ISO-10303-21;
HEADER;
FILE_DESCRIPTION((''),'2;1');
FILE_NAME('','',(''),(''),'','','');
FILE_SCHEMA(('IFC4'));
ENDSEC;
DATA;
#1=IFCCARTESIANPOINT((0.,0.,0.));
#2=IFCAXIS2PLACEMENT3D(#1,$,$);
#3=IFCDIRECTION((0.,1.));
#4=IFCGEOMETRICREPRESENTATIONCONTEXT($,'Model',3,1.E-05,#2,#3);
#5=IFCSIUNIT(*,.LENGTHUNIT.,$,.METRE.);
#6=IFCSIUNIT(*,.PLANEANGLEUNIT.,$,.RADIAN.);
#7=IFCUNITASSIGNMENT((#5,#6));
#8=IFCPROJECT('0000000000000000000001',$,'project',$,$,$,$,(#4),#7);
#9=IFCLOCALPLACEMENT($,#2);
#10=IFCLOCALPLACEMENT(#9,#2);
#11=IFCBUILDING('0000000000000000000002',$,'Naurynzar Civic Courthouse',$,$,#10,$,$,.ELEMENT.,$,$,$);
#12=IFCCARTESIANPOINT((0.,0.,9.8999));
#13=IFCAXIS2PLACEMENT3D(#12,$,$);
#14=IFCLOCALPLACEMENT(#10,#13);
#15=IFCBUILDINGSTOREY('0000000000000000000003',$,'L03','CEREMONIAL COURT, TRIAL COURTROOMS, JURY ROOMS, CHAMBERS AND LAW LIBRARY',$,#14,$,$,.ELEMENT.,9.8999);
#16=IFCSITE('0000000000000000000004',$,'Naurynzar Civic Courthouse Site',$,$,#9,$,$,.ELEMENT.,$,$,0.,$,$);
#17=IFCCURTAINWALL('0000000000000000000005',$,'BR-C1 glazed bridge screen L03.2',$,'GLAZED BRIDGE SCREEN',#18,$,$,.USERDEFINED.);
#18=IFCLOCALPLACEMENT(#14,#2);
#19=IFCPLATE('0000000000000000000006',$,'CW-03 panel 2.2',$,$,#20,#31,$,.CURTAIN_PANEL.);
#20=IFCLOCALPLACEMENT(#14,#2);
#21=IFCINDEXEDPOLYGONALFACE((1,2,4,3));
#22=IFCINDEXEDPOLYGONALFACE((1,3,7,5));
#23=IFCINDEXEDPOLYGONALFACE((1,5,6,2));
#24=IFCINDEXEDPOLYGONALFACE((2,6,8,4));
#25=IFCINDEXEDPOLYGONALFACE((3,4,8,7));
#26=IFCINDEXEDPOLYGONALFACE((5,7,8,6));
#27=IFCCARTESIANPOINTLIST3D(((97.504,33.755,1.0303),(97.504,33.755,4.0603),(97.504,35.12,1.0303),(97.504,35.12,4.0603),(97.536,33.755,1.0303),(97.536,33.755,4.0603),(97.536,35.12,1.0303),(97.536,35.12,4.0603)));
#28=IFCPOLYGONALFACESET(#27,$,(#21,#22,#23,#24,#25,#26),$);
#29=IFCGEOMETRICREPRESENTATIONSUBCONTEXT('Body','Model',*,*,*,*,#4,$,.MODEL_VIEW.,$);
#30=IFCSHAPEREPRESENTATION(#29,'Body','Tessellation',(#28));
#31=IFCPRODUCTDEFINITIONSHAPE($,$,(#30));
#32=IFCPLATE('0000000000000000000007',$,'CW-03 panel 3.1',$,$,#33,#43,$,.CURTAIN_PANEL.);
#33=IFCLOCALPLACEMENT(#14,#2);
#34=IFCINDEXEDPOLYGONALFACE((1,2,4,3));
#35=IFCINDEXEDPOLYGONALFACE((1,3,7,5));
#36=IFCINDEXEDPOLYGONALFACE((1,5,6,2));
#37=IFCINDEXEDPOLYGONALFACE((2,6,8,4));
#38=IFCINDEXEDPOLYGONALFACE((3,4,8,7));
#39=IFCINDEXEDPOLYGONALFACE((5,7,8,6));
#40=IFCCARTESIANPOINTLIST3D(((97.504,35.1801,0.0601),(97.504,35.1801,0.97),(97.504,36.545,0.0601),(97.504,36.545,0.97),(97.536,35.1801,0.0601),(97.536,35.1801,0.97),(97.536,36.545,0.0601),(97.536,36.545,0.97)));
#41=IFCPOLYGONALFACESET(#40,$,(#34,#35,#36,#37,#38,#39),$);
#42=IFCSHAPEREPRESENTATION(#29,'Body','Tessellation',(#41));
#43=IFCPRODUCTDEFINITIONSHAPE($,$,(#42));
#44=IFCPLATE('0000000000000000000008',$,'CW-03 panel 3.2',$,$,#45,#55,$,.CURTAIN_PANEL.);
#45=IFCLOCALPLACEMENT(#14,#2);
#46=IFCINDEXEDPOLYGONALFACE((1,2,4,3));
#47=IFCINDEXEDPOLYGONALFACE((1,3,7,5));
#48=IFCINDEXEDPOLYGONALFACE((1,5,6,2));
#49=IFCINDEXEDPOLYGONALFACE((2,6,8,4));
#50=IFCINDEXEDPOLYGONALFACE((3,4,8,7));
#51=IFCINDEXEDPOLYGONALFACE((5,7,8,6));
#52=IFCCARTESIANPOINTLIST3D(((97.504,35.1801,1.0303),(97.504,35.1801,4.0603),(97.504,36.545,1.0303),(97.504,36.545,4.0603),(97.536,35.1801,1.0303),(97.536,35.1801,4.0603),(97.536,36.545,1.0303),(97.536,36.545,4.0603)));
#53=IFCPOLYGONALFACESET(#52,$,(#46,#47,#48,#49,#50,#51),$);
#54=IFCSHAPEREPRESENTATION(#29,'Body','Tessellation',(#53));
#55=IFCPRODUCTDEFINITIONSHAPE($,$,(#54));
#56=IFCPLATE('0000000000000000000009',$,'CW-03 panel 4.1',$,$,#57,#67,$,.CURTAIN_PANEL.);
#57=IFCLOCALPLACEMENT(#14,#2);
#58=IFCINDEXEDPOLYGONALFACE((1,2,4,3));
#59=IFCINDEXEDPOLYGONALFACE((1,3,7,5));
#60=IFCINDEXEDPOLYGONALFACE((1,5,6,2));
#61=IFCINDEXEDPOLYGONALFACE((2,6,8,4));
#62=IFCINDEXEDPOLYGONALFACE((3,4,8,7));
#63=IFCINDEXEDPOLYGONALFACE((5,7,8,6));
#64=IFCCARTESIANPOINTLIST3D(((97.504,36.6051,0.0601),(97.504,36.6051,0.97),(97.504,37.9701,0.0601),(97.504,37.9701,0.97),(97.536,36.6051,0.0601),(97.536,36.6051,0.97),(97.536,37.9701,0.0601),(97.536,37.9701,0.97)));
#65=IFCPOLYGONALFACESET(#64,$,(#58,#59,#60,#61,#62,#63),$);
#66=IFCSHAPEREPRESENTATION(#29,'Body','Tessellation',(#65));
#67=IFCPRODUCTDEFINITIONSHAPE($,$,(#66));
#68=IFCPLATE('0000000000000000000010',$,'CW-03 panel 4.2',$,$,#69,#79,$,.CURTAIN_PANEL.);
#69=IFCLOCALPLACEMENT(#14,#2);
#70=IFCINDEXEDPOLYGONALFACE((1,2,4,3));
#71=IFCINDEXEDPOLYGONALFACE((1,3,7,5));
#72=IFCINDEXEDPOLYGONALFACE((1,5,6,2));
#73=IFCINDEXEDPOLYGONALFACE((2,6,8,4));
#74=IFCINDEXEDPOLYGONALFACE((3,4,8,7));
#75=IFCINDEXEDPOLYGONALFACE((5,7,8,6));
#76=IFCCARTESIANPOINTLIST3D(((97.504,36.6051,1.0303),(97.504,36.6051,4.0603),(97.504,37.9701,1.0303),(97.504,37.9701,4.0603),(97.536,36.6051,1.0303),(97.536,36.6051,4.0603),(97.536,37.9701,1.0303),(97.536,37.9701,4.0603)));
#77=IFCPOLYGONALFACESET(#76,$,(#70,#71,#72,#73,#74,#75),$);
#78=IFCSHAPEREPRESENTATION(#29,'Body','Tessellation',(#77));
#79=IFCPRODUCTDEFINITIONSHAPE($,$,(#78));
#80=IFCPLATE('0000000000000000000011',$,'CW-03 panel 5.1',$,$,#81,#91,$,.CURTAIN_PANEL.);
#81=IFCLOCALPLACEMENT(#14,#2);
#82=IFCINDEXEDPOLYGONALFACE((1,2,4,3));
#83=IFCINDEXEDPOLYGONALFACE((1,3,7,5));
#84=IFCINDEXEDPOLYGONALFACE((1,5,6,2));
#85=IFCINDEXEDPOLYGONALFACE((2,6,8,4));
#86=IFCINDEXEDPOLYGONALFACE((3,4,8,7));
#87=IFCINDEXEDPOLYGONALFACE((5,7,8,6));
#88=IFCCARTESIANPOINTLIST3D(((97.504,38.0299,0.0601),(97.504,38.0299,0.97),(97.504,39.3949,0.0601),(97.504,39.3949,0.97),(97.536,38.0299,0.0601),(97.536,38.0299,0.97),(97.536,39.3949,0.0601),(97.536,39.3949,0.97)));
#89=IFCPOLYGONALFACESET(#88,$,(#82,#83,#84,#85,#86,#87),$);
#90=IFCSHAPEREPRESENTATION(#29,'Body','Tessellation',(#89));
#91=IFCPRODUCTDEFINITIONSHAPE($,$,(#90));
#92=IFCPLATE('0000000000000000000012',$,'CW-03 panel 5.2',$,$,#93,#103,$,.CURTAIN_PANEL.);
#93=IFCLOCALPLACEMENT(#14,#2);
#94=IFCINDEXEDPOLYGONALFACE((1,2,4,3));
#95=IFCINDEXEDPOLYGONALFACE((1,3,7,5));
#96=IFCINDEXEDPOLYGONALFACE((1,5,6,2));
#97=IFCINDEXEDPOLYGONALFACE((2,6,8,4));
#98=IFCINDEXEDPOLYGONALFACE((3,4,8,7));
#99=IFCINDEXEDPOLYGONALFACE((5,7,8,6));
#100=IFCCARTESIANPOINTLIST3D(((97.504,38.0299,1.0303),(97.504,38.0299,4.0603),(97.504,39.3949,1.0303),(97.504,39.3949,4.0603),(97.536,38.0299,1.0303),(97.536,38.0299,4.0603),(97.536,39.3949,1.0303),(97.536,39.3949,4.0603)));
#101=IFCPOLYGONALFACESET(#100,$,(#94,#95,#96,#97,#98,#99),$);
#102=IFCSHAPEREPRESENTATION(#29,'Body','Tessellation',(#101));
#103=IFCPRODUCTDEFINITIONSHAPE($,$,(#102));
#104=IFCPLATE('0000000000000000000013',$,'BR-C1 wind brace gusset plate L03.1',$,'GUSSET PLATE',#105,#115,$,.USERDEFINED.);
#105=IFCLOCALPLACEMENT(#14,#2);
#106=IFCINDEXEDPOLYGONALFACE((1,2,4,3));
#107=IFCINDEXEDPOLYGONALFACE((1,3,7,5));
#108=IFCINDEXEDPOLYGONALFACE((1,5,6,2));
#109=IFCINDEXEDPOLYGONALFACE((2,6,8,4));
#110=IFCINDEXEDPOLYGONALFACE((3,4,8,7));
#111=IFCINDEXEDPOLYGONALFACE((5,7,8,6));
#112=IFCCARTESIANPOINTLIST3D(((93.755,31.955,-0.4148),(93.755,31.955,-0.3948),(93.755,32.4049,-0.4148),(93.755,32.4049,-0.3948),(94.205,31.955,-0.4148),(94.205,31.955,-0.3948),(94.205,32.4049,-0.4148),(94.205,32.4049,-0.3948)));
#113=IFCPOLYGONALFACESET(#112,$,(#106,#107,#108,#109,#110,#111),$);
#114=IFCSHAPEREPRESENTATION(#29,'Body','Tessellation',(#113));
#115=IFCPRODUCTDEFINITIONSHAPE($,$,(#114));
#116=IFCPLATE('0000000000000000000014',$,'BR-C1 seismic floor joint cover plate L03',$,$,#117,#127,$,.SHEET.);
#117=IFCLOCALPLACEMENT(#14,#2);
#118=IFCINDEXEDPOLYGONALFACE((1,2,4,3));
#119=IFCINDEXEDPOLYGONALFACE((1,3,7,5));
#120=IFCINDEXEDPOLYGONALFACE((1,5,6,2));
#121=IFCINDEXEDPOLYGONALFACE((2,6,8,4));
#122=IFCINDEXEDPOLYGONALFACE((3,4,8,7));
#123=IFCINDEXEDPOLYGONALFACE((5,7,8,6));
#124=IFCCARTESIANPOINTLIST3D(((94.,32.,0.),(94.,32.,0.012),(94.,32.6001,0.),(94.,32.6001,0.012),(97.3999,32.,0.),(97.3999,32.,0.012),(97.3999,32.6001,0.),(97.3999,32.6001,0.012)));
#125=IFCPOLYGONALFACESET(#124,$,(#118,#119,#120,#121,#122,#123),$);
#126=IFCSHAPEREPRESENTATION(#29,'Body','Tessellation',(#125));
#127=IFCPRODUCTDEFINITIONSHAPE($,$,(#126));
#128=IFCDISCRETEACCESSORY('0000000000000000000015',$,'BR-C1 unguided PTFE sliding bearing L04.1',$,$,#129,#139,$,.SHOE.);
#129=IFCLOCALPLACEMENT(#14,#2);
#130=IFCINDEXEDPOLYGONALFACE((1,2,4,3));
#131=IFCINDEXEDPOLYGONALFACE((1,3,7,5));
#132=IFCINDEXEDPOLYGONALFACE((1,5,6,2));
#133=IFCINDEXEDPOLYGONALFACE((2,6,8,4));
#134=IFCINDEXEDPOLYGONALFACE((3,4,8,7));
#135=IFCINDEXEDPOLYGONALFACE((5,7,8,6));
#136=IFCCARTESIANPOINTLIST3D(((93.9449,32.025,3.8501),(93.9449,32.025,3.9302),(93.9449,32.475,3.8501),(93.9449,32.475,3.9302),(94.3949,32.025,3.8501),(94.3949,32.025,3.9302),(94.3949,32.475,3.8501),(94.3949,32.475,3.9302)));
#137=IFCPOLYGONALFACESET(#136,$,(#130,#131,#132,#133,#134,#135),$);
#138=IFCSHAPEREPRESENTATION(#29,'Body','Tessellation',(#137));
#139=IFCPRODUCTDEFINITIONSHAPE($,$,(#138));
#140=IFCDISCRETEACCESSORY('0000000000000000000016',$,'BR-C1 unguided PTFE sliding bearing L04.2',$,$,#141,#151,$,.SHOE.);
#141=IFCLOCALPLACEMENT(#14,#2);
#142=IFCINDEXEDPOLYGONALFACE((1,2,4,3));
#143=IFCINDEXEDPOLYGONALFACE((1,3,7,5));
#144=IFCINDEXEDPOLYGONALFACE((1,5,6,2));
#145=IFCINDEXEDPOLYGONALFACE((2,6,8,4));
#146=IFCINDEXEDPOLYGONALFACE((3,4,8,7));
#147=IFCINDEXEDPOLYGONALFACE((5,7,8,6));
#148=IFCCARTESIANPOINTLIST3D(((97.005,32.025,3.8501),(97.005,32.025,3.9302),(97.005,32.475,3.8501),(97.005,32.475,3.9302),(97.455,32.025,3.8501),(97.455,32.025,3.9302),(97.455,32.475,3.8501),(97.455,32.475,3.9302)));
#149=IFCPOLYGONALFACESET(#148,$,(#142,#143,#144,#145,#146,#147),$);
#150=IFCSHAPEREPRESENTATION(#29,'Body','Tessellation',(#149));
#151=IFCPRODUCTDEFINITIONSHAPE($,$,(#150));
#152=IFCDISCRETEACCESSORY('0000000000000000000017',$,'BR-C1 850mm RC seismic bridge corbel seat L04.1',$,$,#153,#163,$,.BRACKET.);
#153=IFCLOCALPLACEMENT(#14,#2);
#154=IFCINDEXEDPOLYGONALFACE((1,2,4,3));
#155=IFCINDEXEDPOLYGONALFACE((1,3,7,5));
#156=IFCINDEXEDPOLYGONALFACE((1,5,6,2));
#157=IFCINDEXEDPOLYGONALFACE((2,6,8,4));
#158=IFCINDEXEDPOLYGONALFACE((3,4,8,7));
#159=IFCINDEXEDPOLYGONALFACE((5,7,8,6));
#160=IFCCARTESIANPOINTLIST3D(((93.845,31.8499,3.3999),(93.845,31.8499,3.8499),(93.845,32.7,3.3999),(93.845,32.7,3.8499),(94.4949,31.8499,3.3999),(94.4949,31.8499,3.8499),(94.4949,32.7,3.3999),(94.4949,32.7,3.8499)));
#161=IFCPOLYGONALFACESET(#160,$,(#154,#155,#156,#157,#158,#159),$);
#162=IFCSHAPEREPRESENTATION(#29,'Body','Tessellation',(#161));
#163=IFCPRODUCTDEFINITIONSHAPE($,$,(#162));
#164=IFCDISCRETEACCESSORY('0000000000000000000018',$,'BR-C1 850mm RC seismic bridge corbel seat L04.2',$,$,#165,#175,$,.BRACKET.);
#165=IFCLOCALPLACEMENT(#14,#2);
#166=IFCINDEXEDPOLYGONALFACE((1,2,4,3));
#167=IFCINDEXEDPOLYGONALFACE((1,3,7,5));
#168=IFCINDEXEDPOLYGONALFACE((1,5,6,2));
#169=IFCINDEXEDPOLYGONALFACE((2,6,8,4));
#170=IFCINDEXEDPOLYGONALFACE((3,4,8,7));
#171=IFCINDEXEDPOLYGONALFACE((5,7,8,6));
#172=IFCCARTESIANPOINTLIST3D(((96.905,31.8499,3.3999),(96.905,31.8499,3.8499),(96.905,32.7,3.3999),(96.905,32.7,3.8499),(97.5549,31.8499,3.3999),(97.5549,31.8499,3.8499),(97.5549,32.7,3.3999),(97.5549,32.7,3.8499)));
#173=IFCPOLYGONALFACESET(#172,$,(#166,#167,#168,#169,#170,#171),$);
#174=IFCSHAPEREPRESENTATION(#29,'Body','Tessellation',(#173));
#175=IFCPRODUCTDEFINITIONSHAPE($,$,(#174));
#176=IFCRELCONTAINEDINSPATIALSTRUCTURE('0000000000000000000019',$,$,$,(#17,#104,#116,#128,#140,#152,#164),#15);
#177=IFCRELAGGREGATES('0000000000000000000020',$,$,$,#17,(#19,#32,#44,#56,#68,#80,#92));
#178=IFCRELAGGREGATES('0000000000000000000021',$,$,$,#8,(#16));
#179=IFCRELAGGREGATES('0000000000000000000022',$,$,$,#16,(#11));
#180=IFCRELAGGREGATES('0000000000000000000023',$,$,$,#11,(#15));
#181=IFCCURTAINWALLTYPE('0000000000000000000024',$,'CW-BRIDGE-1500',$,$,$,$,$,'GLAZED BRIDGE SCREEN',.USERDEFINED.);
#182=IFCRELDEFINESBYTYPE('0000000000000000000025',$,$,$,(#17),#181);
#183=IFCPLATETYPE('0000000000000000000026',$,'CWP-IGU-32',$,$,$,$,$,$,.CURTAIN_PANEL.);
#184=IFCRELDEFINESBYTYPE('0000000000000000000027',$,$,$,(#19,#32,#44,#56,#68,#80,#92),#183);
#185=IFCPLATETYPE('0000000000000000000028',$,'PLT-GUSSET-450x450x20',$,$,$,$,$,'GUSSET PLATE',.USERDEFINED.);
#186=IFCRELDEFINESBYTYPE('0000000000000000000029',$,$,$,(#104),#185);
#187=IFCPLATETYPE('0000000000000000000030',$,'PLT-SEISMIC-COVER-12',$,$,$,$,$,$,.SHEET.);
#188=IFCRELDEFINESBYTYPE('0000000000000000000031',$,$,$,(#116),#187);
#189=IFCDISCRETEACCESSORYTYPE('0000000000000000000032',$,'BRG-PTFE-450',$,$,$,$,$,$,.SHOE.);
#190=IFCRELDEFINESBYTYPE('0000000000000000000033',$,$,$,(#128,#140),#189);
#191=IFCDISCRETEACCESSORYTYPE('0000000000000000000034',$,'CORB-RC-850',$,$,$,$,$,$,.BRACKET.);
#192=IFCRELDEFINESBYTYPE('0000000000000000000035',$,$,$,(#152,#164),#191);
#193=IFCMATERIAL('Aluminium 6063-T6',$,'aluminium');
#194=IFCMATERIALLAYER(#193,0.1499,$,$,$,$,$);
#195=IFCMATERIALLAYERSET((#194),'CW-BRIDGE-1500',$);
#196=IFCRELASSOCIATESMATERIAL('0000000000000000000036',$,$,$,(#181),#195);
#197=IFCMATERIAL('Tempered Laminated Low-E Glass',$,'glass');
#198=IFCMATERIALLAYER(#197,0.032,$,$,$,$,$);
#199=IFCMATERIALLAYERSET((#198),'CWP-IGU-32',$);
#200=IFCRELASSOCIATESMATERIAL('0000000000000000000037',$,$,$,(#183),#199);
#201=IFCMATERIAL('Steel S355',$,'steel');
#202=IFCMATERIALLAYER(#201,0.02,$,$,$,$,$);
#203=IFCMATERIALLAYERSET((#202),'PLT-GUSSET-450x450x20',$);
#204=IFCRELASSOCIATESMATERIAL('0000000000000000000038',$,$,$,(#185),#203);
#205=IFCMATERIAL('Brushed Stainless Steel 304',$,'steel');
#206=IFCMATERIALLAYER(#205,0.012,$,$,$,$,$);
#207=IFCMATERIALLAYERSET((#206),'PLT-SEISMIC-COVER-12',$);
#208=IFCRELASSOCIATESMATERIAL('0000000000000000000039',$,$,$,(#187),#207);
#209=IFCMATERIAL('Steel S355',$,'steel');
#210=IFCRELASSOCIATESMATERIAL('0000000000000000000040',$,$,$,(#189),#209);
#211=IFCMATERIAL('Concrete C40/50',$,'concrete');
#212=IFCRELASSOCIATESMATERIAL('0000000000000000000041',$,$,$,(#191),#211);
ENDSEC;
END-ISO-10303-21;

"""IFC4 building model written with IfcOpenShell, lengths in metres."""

from ifc_helpers import new_model, si_unit, direction, frame, origin, origin_2d, place, context, subcontext, project, spatial, rectangle, extrude, material, layer, layer_set, type_object, element, aggregate, save


model = new_model("IFC4")

# Units and contexts
model_context = context("Model", 3, precision=1e-05, world=origin(), true_north=direction((0.0, 1.0)))
body_context = subcontext(model_context, "Body", "Model", "MODEL_VIEW")
ifc_project = project(units=[si_unit("LENGTHUNIT", "METRE"), si_unit("PLANEANGLEUNIT", "RADIAN")], contexts=[model_context])

# Site, building, storey
site_placement = place(None, origin())
site = spatial("IfcSite", under=ifc_project, at=site_placement, Name="Naurynzar Civic Courthouse Site", CompositionType="ELEMENT", RefElevation=0.0)
building_placement = place(site_placement, origin())
building = spatial("IfcBuilding", under=site, at=building_placement, Name="Naurynzar Civic Courthouse", CompositionType="ELEMENT")
storey_placement = place(building_placement, frame((0.0, 0.0, 9.8999)))
storey = spatial("IfcBuildingStorey", under=building, at=storey_placement, Name="L03", Description="CEREMONIAL COURT, TRIAL COURTROOMS, JURY ROOMS, CHAMBERS AND LAW LIBRARY", CompositionType="ELEMENT", Elevation=9.8999)

# Curtain wall
ifc_material_1 = material(Name="Aluminium 6063-T6", Category="aluminium")
ifc_layer_1 = layer(ifc_material_1, 0.1499)
ifc_layer_set_1 = layer_set([ifc_layer_1], Name="CW-BRIDGE-1500")
curtain_wall_type = type_object("IfcCurtainWallType", Name="CW-BRIDGE-1500", ElementType="GLAZED BRIDGE SCREEN", PredefinedType="USERDEFINED", material=ifc_layer_set_1)
curtain_wall_placement = place(storey_placement, origin())
curtain_wall = element("IfcCurtainWall", 1, at=curtain_wall_placement, inside=storey, type_object=curtain_wall_type, Name="BR-C1 glazed bridge screen L03.2", ObjectType="GLAZED BRIDGE SCREEN", PredefinedType="USERDEFINED")

# Plates
ifc_material_2 = material(Name="Tempered Laminated Low-E Glass", Category="glass")
ifc_layer_2 = layer(ifc_material_2, 0.032)
ifc_layer_set_2 = layer_set([ifc_layer_2], Name="CWP-IGU-32")
plate_type_1 = type_object("IfcPlateType", Name="CWP-IGU-32", PredefinedType="CURTAIN_PANEL", material=ifc_layer_set_2)
plate_1_placement = place(storey_placement, frame((97.52, 34.4375, 1.0303), z_axis=(0.0, 0.0, 1.0), x_axis=(0.0, 1.0, 0.0)))
plate_1 = element("IfcPlate", 2, at=plate_1_placement, type_object=plate_type_1, Name="CW-03 panel 2.2", PredefinedType="CURTAIN_PANEL", context=body_context, shape_type="SweptSolid", body=[
    extrude(rectangle(XDim=1.365, YDim=0.032, at=origin_2d()), origin(), (0.0, 0.0, 1.0), 3.03),
])
plate_2_placement = place(storey_placement, frame((97.52, 35.8625, 0.0601), z_axis=(0.0, 0.0, 1.0), x_axis=(0.0, 1.0, 0.0)))
plate_2 = element("IfcPlate", 3, at=plate_2_placement, type_object=plate_type_1, Name="CW-03 panel 3.1", PredefinedType="CURTAIN_PANEL", context=body_context, shape_type="SweptSolid", body=[
    extrude(rectangle(XDim=1.365, YDim=0.032, at=origin_2d()), origin(), (0.0, 0.0, 1.0), 0.9099),
])
plate_3_placement = place(storey_placement, frame((97.52, 35.8625, 1.0303), z_axis=(0.0, 0.0, 1.0), x_axis=(0.0, 1.0, 0.0)))
plate_3 = element("IfcPlate", 4, at=plate_3_placement, type_object=plate_type_1, Name="CW-03 panel 3.2", PredefinedType="CURTAIN_PANEL", context=body_context, shape_type="SweptSolid", body=[
    extrude(rectangle(XDim=1.365, YDim=0.032, at=origin_2d()), origin(), (0.0, 0.0, 1.0), 3.03),
])
plate_4_placement = place(storey_placement, frame((97.52, 37.2876, 0.0601), z_axis=(0.0, 0.0, 1.0), x_axis=(0.0, 1.0, 0.0)))
plate_4 = element("IfcPlate", 5, at=plate_4_placement, type_object=plate_type_1, Name="CW-03 panel 4.1", PredefinedType="CURTAIN_PANEL", context=body_context, shape_type="SweptSolid", body=[
    extrude(rectangle(XDim=1.365, YDim=0.032, at=origin_2d()), origin(), (0.0, 0.0, 1.0), 0.9099),
])
plate_5_placement = place(storey_placement, frame((97.52, 37.2876, 1.0303), z_axis=(0.0, 0.0, 1.0), x_axis=(0.0, 1.0, 0.0)))
plate_5 = element("IfcPlate", 6, at=plate_5_placement, type_object=plate_type_1, Name="CW-03 panel 4.2", PredefinedType="CURTAIN_PANEL", context=body_context, shape_type="SweptSolid", body=[
    extrude(rectangle(XDim=1.365, YDim=0.032, at=origin_2d()), origin(), (0.0, 0.0, 1.0), 3.03),
])
plate_6_placement = place(storey_placement, frame((97.52, 38.7124, 0.0601), z_axis=(0.0, 0.0, 1.0), x_axis=(0.0, 1.0, 0.0)))
plate_6 = element("IfcPlate", 7, at=plate_6_placement, type_object=plate_type_1, Name="CW-03 panel 5.1", PredefinedType="CURTAIN_PANEL", context=body_context, shape_type="SweptSolid", body=[
    extrude(rectangle(XDim=1.365, YDim=0.032, at=origin_2d()), origin(), (0.0, 0.0, 1.0), 0.9099),
])
plate_7_placement = place(storey_placement, frame((97.52, 38.7124, 1.0303), z_axis=(0.0, 0.0, 1.0), x_axis=(0.0, 1.0, 0.0)))
plate_7 = element("IfcPlate", 8, at=plate_7_placement, type_object=plate_type_1, Name="CW-03 panel 5.2", PredefinedType="CURTAIN_PANEL", context=body_context, shape_type="SweptSolid", body=[
    extrude(rectangle(XDim=1.365, YDim=0.032, at=origin_2d()), origin(), (0.0, 0.0, 1.0), 3.03),
])
aggregate(curtain_wall, [plate_1, plate_2, plate_3, plate_4, plate_5, plate_6, plate_7])

# Plates
ifc_material_3 = material(Name="Steel S355", Category="steel")
ifc_layer_3 = layer(ifc_material_3, 0.02)
ifc_layer_set_3 = layer_set([ifc_layer_3], Name="PLT-GUSSET-450x450x20")
plate_type_2 = type_object("IfcPlateType", Name="PLT-GUSSET-450x450x20", ElementType="GUSSET PLATE", PredefinedType="USERDEFINED", material=ifc_layer_set_3)
plate_8_placement = place(storey_placement, frame((93.98, 32.1799, -0.4148), z_axis=(0.0, 0.0, 1.0), x_axis=(1.0, 0.0, 0.0)))
element("IfcPlate", 9, at=plate_8_placement, inside=storey, type_object=plate_type_2, Name="BR-C1 wind brace gusset plate L03.1", ObjectType="GUSSET PLATE", PredefinedType="USERDEFINED", context=body_context, shape_type="SweptSolid", body=[
    extrude(rectangle(XDim=0.45, YDim=0.45, at=origin_2d()), origin(), (0.0, 0.0, 1.0), 0.02),
])
ifc_material_4 = material(Name="Brushed Stainless Steel 304", Category="steel")
ifc_layer_4 = layer(ifc_material_4, 0.012)
ifc_layer_set_4 = layer_set([ifc_layer_4], Name="PLT-SEISMIC-COVER-12")
plate_type_3 = type_object("IfcPlateType", Name="PLT-SEISMIC-COVER-12", PredefinedType="SHEET", material=ifc_layer_set_4)
plate_9_placement = place(storey_placement, frame((95.7, 32.3, 0.0), z_axis=(0.0, 0.0, 1.0), x_axis=(1.0, 0.0, 0.0)))
element("IfcPlate", 10, at=plate_9_placement, inside=storey, type_object=plate_type_3, Name="BR-C1 seismic floor joint cover plate L03", PredefinedType="SHEET", context=body_context, shape_type="SweptSolid", body=[
    extrude(rectangle(XDim=3.3999, YDim=0.6001, at=origin_2d()), origin(), (0.0, 0.0, 1.0), 0.012),
])

# Discrete accessories
ifc_material_5 = material(Name="Steel S355", Category="steel")
discrete_accessory_type_1 = type_object("IfcDiscreteAccessoryType", Name="BRG-PTFE-450", PredefinedType="SHOE", material=ifc_material_5)
for number, where, z_axis, x_axis, name in (
    (11, (94.1699, 32.25, 3.8501), (0.0, 0.0, 1.0), (1.0, 0.0, 0.0), "BR-C1 unguided PTFE sliding bearing L04.1"),
    (12, (97.23, 32.25, 3.8501), (0.0, 0.0, 1.0), (1.0, 0.0, 0.0), "BR-C1 unguided PTFE sliding bearing L04.2"),
):
    element("IfcDiscreteAccessory", number, at=place(storey_placement, frame(where, z_axis=z_axis, x_axis=x_axis)), inside=storey, type_object=discrete_accessory_type_1, Name=name, PredefinedType="SHOE", context=body_context, shape_type="SweptSolid", body=[
        extrude(rectangle(XDim=0.45, YDim=0.45, at=origin_2d()), origin(), (0.0, 0.0, 1.0), 0.0801),
    ])
ifc_material_6 = material(Name="Concrete C40/50", Category="concrete")
discrete_accessory_type_2 = type_object("IfcDiscreteAccessoryType", Name="CORB-RC-850", PredefinedType="BRACKET", material=ifc_material_6)
for number, where, z_axis, x_axis, name in (
    (13, (94.1699, 32.2749, 3.3999), (0.0, 0.0, 1.0), (1.0, 0.0, 0.0), "BR-C1 850mm RC seismic bridge corbel seat L04.1"),
    (14, (97.23, 32.2749, 3.3999), (0.0, 0.0, 1.0), (1.0, 0.0, 0.0), "BR-C1 850mm RC seismic bridge corbel seat L04.2"),
):
    element("IfcDiscreteAccessory", number, at=place(storey_placement, frame(where, z_axis=z_axis, x_axis=x_axis)), inside=storey, type_object=discrete_accessory_type_2, Name=name, PredefinedType="BRACKET", context=body_context, shape_type="SweptSolid", body=[
        extrude(rectangle(XDim=0.6499, YDim=0.8501, at=origin_2d()), origin(), (0.0, 0.0, 1.0), 0.45),
    ])

save(model, "model.ifc")
